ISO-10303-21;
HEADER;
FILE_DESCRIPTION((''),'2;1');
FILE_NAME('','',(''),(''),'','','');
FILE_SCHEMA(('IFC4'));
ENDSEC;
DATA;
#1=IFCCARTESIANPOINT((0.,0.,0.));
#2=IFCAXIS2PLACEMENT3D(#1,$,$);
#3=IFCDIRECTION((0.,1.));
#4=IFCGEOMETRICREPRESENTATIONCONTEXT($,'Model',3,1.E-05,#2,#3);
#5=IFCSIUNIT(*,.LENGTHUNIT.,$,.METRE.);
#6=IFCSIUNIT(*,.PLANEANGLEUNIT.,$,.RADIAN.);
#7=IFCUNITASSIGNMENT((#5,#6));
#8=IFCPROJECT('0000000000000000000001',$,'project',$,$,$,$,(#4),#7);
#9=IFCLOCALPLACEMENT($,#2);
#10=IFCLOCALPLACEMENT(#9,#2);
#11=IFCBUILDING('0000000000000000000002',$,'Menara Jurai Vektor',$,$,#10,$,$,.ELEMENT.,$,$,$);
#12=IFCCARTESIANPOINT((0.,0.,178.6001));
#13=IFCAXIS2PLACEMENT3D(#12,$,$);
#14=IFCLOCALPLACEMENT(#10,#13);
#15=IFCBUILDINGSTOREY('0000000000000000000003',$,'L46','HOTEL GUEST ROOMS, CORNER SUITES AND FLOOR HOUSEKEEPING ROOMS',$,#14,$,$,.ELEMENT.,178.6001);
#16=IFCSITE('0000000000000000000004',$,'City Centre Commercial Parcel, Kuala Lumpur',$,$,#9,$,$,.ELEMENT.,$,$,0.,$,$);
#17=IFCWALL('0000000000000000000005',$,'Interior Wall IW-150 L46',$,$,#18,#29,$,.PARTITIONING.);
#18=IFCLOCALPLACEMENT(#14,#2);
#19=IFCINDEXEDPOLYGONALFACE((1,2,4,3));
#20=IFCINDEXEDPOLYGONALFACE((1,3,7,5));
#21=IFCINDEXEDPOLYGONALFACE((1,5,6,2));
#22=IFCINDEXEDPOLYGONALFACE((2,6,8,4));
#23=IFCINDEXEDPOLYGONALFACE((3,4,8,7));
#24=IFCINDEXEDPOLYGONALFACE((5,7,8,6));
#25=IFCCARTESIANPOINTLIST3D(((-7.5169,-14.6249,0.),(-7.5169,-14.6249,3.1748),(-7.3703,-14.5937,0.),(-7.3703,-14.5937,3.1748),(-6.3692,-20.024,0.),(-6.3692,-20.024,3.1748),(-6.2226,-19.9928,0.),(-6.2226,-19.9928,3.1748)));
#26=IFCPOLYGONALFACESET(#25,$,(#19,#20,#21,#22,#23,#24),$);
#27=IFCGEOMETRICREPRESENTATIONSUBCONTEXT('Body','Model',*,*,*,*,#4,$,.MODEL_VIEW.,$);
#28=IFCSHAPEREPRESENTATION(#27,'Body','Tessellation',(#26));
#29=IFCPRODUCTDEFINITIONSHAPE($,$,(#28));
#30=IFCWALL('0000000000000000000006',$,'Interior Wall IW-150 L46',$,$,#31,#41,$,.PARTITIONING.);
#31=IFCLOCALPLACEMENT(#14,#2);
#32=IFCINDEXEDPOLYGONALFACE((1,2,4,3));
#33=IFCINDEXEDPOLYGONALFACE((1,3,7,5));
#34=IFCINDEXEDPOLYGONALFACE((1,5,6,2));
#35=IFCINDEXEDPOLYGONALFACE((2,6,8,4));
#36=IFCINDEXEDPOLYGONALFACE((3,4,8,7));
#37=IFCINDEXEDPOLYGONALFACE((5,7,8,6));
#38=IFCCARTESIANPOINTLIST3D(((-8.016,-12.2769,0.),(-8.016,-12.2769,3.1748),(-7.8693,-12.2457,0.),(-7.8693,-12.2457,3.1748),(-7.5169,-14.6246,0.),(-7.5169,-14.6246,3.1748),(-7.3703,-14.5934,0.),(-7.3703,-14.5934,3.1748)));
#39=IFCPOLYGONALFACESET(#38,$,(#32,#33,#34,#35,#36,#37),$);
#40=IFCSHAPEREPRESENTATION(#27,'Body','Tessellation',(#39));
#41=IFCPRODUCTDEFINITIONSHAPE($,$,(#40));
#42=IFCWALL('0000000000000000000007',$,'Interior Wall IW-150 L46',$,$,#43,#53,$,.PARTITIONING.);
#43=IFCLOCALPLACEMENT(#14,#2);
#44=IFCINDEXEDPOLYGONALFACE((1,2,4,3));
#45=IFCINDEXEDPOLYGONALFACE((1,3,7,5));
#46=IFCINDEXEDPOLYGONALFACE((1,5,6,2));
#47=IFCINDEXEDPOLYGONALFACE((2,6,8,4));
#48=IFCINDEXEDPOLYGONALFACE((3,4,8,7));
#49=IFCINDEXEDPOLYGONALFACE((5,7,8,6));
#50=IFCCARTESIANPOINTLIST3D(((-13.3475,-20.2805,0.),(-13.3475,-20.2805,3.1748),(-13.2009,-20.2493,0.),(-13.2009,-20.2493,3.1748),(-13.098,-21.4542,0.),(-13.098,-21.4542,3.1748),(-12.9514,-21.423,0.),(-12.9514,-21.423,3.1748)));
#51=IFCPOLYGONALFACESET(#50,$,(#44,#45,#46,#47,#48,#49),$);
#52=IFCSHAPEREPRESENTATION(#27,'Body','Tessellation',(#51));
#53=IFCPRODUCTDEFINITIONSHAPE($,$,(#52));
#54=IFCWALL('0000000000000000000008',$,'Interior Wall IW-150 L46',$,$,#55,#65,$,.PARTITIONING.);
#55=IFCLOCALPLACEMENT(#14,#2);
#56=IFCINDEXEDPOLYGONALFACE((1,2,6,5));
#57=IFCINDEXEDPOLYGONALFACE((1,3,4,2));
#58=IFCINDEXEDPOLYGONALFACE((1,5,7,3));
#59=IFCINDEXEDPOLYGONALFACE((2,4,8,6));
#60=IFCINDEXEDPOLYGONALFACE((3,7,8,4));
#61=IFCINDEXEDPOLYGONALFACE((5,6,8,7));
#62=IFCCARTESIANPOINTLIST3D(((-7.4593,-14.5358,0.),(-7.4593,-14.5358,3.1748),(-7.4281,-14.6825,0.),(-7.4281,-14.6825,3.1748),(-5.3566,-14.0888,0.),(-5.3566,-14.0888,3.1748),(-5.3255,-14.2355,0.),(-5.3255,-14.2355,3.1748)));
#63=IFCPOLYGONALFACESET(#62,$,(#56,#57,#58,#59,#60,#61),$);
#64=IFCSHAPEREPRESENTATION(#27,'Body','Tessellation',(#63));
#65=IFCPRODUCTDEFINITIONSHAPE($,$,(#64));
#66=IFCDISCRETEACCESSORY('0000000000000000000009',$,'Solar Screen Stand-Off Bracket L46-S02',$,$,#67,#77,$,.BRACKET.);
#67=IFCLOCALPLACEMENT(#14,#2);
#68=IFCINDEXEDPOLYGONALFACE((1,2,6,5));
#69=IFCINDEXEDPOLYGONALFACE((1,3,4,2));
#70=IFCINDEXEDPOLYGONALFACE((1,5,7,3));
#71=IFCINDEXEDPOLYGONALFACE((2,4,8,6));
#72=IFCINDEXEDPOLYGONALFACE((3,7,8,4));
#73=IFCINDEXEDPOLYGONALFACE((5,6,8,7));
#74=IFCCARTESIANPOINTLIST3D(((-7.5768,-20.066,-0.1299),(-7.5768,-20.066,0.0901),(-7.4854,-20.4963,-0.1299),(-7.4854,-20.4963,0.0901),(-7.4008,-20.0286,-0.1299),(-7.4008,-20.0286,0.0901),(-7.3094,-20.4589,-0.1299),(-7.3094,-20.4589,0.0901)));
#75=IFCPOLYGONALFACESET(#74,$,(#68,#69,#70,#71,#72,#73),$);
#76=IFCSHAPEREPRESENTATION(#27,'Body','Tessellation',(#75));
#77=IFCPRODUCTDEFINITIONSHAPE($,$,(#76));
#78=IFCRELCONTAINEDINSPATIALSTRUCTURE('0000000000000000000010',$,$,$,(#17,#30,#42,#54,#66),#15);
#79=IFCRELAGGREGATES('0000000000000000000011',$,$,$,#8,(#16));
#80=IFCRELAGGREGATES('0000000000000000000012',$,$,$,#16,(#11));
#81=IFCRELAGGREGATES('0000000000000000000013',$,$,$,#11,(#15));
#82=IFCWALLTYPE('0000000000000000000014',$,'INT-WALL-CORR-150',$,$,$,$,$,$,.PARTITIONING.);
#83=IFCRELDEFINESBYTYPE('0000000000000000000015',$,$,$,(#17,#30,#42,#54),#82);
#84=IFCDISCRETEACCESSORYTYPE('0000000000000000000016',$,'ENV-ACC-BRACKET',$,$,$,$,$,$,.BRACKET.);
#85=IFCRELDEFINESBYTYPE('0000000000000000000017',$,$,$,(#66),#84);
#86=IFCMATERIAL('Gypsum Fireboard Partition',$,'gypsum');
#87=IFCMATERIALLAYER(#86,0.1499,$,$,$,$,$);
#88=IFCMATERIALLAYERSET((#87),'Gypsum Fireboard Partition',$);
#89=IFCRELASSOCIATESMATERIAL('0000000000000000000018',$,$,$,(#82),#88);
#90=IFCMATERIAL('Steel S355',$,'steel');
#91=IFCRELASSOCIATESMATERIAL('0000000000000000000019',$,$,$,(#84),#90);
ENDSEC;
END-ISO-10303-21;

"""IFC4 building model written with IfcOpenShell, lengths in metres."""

from ifc_helpers import new_model, si_unit, direction, frame, frame_2d, origin, origin_2d, place, context, subcontext, project, spatial, rectangle, extrude, material, layer, layer_set, type_object, element, save


model = new_model("IFC4")

# Units and contexts
model_context = context("Model", 3, precision=1e-05, world=origin(), true_north=direction((0.0, 1.0)))
body_context = subcontext(model_context, "Body", "Model", "MODEL_VIEW")
ifc_project = project(units=[si_unit("LENGTHUNIT", "METRE"), si_unit("PLANEANGLEUNIT", "RADIAN")], contexts=[model_context])

# Site, building, storey
site_placement = place(None, origin())
site = spatial("IfcSite", under=ifc_project, at=site_placement, Name="City Centre Commercial Parcel, Kuala Lumpur", CompositionType="ELEMENT", RefElevation=0.0)
building_placement = place(site_placement, origin())
building = spatial("IfcBuilding", under=site, at=building_placement, Name="Menara Jurai Vektor", CompositionType="ELEMENT")
storey_placement = place(building_placement, frame((0.0, 0.0, 178.6001)))
storey = spatial("IfcBuildingStorey", under=building, at=storey_placement, Name="L46", Description="HOTEL GUEST ROOMS, CORNER SUITES AND FLOOR HOUSEKEEPING ROOMS", CompositionType="ELEMENT", Elevation=178.6001)

# Shared definitions
ifc_material_1 = material(Name="Steel S355", Category="steel")

# Shared definitions
ifc_material_2 = material(Name="Gypsum Fireboard Partition", Category="gypsum")
ifc_layer_1 = layer(ifc_material_2, 0.1499)
ifc_layer_set_1 = layer_set([ifc_layer_1], Name="Gypsum Fireboard Partition")
wall_type = type_object("IfcWallType", Name="INT-WALL-CORR-150", PredefinedType="PARTITIONING", material=ifc_layer_set_1)

# Walls
wall_1_placement = place(storey_placement, frame((-6.2959, -20.0083, 0.0), z_axis=(0.0, 0.0, 1.0), x_axis=(-0.207925, 0.978145, 0.0)))
element("IfcWall", 1, at=wall_1_placement, inside=storey, type_object=wall_type, Name="Interior Wall IW-150 L46", PredefinedType="PARTITIONING", context=body_context, shape_type="SweptSolid", body=[
    extrude(rectangle(XDim=5.5198, YDim=0.1499, at=frame_2d((2.7598, 0.0))), origin(), (0.0, 0.0, 1.0), 3.1748),
])
wall_2_placement = place(storey_placement, frame((-7.4436, -14.6091, 0.0), z_axis=(0.0, 0.0, 1.0), x_axis=(-0.207917, 0.978146, 0.0)))
element("IfcWall", 2, at=wall_2_placement, inside=storey, type_object=wall_type, Name="Interior Wall IW-150 L46", PredefinedType="PARTITIONING", context=body_context, shape_type="SweptSolid", body=[
    extrude(rectangle(XDim=2.4001, YDim=0.1499, at=frame_2d((1.2002, 0.0))), origin(), (0.0, 0.0, 1.0), 3.1748),
])
wall_3_placement = place(storey_placement, frame((-13.0247, -21.4387, 0.0), z_axis=(0.0, 0.0, 1.0), x_axis=(-0.207917, 0.978146, 0.0)))
element("IfcWall", 3, at=wall_3_placement, inside=storey, type_object=wall_type, Name="Interior Wall IW-150 L46", PredefinedType="PARTITIONING", context=body_context, shape_type="SweptSolid", body=[
    extrude(rectangle(XDim=1.2, YDim=0.1499, at=frame_2d((0.6001, 0.0))), origin(), (0.0, 0.0, 1.0), 3.1748),
])
wall_4_placement = place(storey_placement, frame((-7.4436, -14.6091, 0.0), z_axis=(0.0, 0.0, 1.0), x_axis=(0.978142, 0.207939, 0.0)))
element("IfcWall", 4, at=wall_4_placement, inside=storey, type_object=wall_type, Name="Interior Wall IW-150 L46", PredefinedType="PARTITIONING", context=body_context, shape_type="SweptSolid", body=[
    extrude(rectangle(XDim=2.1497, YDim=0.1499, at=frame_2d((1.0747, 0.0))), origin(), (0.0, 0.0, 1.0), 3.1748),
])

# Discrete accessory
discrete_accessory_type = type_object("IfcDiscreteAccessoryType", Name="ENV-ACC-BRACKET", PredefinedType="BRACKET", material=ifc_material_1)
discrete_accessory_placement = place(storey_placement, frame((-7.4431, -20.2625, -0.1299), z_axis=(0.0, 0.0, 1.0), x_axis=(0.978148, 0.207912, 0.0)))
element("IfcDiscreteAccessory", 5, at=discrete_accessory_placement, inside=storey, type_object=discrete_accessory_type, Name="Solar Screen Stand-Off Bracket L46-S02", PredefinedType="BRACKET", context=body_context, shape_type="SweptSolid", body=[
    extrude(rectangle(XDim=0.1799, YDim=0.4399, at=origin_2d()), origin(), (0.0, 0.0, 1.0), 0.22),
])

save(model, "model.ifc")
